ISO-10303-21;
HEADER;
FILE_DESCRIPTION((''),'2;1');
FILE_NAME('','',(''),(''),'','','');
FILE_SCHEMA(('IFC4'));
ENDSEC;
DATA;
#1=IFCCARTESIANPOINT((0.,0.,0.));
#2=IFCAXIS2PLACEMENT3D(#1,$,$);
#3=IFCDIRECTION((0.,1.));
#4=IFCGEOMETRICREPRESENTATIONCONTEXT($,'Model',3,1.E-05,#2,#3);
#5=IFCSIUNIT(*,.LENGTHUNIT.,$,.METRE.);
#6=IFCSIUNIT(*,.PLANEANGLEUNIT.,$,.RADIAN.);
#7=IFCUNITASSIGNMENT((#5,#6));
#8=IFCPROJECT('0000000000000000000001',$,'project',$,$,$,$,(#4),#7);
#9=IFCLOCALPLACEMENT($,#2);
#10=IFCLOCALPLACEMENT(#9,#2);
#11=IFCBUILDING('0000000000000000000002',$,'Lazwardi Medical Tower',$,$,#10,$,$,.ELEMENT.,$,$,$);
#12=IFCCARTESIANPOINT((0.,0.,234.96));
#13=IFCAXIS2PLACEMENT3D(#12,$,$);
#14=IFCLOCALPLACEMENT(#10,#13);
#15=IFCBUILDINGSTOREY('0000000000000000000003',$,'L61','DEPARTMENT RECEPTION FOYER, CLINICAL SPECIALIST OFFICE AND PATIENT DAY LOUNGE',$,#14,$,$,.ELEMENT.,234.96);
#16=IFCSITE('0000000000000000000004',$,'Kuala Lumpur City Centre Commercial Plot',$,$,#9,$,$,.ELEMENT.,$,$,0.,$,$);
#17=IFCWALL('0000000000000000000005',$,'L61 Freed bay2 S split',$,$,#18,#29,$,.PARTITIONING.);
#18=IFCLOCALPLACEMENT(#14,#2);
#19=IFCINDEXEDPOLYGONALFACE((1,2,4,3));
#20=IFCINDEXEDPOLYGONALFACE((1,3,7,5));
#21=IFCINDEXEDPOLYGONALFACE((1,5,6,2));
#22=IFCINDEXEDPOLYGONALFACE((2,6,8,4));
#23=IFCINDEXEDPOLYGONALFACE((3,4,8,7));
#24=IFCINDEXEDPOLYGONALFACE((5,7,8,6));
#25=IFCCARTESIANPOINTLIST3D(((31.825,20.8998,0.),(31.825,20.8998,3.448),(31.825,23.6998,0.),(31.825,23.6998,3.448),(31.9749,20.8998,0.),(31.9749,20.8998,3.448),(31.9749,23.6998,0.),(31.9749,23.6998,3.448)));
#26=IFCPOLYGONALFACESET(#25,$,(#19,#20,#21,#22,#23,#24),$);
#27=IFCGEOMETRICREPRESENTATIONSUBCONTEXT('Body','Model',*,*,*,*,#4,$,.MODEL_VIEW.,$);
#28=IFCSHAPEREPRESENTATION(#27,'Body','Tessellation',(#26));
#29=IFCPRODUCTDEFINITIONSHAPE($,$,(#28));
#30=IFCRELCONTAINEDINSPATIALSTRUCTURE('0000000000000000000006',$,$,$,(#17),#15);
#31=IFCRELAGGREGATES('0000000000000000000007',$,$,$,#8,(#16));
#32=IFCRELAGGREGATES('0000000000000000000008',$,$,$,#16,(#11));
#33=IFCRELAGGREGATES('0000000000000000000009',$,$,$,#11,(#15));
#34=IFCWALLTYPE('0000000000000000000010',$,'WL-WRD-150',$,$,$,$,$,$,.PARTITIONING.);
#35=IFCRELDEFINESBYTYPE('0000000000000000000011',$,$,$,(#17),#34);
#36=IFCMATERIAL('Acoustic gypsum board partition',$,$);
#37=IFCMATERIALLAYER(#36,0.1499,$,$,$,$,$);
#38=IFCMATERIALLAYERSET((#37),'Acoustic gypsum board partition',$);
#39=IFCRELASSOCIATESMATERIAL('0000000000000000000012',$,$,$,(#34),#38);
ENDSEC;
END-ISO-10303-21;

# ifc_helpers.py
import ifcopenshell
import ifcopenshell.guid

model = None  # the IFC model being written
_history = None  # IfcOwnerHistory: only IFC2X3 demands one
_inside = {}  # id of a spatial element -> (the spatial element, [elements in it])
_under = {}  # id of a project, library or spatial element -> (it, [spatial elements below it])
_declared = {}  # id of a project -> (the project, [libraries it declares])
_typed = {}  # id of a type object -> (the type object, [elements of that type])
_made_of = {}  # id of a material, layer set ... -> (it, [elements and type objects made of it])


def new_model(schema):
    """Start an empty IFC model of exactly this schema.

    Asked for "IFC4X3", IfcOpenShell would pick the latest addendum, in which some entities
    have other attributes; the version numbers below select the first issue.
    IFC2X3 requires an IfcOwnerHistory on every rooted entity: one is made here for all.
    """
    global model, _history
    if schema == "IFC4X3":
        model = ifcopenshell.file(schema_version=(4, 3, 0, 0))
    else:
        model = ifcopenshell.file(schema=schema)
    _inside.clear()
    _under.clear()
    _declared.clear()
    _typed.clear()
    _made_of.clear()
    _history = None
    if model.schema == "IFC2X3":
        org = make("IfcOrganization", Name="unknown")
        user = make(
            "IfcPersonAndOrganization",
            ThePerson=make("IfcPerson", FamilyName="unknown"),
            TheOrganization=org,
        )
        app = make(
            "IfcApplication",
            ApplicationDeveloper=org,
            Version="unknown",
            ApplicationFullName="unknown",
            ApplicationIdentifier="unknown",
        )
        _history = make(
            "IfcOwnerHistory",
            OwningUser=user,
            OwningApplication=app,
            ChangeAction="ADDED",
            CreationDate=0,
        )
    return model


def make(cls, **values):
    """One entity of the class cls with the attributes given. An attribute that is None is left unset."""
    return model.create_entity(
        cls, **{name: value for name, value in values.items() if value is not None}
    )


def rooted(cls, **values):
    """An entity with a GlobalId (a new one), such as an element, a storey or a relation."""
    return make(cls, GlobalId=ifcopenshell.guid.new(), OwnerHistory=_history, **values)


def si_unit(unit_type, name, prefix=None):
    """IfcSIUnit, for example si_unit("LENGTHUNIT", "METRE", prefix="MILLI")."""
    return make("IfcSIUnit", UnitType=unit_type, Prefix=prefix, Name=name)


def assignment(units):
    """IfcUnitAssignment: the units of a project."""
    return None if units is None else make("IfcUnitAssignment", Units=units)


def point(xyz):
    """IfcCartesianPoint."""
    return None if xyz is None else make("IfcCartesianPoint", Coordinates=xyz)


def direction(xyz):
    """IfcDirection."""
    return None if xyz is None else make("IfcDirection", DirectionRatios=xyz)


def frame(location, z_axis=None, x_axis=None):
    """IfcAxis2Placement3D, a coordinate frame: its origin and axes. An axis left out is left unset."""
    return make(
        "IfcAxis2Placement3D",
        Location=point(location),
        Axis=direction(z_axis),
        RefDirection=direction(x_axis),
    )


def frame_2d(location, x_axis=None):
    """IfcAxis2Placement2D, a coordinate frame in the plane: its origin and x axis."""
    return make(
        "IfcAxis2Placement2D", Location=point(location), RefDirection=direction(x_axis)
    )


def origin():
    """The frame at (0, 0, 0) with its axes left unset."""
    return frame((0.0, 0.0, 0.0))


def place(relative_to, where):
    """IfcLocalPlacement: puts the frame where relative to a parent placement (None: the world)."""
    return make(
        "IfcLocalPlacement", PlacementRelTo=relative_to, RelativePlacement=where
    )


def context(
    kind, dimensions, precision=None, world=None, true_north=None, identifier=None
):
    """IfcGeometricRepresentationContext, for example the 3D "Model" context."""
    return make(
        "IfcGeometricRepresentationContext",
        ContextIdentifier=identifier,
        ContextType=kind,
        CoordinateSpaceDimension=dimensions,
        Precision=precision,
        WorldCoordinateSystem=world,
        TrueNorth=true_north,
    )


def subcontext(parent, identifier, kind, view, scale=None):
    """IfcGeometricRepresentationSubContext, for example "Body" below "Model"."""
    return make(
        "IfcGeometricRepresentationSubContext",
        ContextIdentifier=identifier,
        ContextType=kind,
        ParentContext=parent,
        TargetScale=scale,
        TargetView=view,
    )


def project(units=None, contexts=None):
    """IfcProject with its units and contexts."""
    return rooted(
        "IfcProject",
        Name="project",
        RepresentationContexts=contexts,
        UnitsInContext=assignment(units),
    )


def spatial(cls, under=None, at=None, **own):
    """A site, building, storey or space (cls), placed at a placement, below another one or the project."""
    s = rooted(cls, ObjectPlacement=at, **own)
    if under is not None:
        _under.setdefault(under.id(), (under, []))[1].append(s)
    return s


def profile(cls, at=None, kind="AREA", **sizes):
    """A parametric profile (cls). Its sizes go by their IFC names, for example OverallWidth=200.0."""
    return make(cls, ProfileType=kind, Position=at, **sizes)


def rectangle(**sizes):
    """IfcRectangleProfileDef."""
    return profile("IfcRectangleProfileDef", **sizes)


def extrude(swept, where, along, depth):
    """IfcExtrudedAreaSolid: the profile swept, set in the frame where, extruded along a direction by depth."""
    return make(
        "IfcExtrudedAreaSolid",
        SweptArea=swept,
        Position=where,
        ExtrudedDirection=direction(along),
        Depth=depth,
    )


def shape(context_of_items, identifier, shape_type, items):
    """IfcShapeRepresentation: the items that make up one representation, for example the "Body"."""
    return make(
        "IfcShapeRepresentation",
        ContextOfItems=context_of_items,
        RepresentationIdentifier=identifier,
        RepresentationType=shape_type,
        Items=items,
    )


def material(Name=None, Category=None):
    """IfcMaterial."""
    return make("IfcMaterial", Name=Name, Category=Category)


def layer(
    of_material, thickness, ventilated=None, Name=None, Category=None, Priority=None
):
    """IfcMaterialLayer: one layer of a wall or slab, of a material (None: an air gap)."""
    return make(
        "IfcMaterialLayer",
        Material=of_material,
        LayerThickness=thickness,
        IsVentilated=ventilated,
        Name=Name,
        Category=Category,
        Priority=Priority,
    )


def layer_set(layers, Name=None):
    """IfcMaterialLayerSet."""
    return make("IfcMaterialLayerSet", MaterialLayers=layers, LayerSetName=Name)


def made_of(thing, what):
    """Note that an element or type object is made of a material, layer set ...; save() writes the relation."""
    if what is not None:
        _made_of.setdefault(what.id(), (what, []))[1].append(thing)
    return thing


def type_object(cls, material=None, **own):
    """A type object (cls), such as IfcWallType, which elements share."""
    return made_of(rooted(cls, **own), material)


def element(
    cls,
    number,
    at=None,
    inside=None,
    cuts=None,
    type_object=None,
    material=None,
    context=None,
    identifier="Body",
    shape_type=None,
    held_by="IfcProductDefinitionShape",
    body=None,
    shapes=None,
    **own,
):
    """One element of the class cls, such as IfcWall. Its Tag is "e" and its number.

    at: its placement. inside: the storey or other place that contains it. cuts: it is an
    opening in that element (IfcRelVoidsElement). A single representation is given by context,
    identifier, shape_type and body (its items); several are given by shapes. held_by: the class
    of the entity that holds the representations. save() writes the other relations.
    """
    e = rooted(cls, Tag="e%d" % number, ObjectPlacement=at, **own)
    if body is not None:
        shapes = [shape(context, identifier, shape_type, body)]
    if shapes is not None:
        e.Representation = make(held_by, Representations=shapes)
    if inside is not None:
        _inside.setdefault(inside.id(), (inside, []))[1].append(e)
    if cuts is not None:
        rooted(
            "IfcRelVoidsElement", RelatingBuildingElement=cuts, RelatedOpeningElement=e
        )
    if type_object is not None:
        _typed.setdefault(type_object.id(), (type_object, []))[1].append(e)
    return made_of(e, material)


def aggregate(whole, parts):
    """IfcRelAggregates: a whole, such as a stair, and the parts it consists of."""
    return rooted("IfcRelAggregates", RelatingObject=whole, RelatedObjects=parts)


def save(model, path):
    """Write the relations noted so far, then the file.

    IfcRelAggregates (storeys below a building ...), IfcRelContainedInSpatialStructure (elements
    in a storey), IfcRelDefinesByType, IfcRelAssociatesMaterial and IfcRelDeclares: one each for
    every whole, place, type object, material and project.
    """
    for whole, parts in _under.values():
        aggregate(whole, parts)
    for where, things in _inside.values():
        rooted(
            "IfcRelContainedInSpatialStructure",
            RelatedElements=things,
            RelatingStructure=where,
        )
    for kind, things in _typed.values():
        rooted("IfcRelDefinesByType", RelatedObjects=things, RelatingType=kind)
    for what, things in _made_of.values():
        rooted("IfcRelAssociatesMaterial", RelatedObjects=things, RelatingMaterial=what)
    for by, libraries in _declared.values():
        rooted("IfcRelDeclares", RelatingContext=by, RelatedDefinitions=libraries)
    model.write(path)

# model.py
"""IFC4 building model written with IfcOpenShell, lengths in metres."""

from ifc_helpers import new_model, si_unit, direction, frame, frame_2d, origin, place, context, subcontext, project, spatial, rectangle, extrude, material, layer, layer_set, type_object, element, save


model = new_model("IFC4")

# Units and contexts
model_context = context("Model", 3, precision=1e-05, world=origin(), true_north=direction((0.0, 1.0)))
body_context = subcontext(model_context, "Body", "Model", "MODEL_VIEW")
ifc_project = project(units=[si_unit("LENGTHUNIT", "METRE"), si_unit("PLANEANGLEUNIT", "RADIAN")], contexts=[model_context])

# Site, building, storey
site_placement = place(None, origin())
site = spatial("IfcSite", under=ifc_project, at=site_placement, Name="Kuala Lumpur City Centre Commercial Plot", CompositionType="ELEMENT", RefElevation=0.0)
building_placement = place(site_placement, origin())
building = spatial("IfcBuilding", under=site, at=building_placement, Name="Lazwardi Medical Tower", CompositionType="ELEMENT")
storey_placement = place(building_placement, frame((0.0, 0.0, 234.96)))
storey = spatial("IfcBuildingStorey", under=building, at=storey_placement, Name="L61", Description="DEPARTMENT RECEPTION FOYER, CLINICAL SPECIALIST OFFICE AND PATIENT DAY LOUNGE", CompositionType="ELEMENT", Elevation=234.96)

# Wall
ifc_material_1 = material(Name="Acoustic gypsum board partition")
ifc_layer_1 = layer(ifc_material_1, 0.1499)
ifc_layer_set_1 = layer_set([ifc_layer_1], Name="Acoustic gypsum board partition")
wall_type_1 = type_object("IfcWallType", Name="WL-WRD-150", PredefinedType="PARTITIONING", material=ifc_layer_set_1)
wall_1_placement = place(storey_placement, frame((31.8999, 20.8999, 0.0), z_axis=(0.0, 0.0, 1.0), x_axis=(0.0, 1.0, 0.0)))
element("IfcWall", 1, at=wall_1_placement, inside=storey, type_object=wall_type_1, Name="L61 Freed bay2 S split", PredefinedType="PARTITIONING", context=body_context, shape_type="SweptSolid", body=[
    extrude(rectangle(XDim=2.8, YDim=0.1499, at=frame_2d((1.3999, 0.0))), origin(), (0.0, 0.0, 1.0), 3.448),
])

save(model, "model.ifc")
